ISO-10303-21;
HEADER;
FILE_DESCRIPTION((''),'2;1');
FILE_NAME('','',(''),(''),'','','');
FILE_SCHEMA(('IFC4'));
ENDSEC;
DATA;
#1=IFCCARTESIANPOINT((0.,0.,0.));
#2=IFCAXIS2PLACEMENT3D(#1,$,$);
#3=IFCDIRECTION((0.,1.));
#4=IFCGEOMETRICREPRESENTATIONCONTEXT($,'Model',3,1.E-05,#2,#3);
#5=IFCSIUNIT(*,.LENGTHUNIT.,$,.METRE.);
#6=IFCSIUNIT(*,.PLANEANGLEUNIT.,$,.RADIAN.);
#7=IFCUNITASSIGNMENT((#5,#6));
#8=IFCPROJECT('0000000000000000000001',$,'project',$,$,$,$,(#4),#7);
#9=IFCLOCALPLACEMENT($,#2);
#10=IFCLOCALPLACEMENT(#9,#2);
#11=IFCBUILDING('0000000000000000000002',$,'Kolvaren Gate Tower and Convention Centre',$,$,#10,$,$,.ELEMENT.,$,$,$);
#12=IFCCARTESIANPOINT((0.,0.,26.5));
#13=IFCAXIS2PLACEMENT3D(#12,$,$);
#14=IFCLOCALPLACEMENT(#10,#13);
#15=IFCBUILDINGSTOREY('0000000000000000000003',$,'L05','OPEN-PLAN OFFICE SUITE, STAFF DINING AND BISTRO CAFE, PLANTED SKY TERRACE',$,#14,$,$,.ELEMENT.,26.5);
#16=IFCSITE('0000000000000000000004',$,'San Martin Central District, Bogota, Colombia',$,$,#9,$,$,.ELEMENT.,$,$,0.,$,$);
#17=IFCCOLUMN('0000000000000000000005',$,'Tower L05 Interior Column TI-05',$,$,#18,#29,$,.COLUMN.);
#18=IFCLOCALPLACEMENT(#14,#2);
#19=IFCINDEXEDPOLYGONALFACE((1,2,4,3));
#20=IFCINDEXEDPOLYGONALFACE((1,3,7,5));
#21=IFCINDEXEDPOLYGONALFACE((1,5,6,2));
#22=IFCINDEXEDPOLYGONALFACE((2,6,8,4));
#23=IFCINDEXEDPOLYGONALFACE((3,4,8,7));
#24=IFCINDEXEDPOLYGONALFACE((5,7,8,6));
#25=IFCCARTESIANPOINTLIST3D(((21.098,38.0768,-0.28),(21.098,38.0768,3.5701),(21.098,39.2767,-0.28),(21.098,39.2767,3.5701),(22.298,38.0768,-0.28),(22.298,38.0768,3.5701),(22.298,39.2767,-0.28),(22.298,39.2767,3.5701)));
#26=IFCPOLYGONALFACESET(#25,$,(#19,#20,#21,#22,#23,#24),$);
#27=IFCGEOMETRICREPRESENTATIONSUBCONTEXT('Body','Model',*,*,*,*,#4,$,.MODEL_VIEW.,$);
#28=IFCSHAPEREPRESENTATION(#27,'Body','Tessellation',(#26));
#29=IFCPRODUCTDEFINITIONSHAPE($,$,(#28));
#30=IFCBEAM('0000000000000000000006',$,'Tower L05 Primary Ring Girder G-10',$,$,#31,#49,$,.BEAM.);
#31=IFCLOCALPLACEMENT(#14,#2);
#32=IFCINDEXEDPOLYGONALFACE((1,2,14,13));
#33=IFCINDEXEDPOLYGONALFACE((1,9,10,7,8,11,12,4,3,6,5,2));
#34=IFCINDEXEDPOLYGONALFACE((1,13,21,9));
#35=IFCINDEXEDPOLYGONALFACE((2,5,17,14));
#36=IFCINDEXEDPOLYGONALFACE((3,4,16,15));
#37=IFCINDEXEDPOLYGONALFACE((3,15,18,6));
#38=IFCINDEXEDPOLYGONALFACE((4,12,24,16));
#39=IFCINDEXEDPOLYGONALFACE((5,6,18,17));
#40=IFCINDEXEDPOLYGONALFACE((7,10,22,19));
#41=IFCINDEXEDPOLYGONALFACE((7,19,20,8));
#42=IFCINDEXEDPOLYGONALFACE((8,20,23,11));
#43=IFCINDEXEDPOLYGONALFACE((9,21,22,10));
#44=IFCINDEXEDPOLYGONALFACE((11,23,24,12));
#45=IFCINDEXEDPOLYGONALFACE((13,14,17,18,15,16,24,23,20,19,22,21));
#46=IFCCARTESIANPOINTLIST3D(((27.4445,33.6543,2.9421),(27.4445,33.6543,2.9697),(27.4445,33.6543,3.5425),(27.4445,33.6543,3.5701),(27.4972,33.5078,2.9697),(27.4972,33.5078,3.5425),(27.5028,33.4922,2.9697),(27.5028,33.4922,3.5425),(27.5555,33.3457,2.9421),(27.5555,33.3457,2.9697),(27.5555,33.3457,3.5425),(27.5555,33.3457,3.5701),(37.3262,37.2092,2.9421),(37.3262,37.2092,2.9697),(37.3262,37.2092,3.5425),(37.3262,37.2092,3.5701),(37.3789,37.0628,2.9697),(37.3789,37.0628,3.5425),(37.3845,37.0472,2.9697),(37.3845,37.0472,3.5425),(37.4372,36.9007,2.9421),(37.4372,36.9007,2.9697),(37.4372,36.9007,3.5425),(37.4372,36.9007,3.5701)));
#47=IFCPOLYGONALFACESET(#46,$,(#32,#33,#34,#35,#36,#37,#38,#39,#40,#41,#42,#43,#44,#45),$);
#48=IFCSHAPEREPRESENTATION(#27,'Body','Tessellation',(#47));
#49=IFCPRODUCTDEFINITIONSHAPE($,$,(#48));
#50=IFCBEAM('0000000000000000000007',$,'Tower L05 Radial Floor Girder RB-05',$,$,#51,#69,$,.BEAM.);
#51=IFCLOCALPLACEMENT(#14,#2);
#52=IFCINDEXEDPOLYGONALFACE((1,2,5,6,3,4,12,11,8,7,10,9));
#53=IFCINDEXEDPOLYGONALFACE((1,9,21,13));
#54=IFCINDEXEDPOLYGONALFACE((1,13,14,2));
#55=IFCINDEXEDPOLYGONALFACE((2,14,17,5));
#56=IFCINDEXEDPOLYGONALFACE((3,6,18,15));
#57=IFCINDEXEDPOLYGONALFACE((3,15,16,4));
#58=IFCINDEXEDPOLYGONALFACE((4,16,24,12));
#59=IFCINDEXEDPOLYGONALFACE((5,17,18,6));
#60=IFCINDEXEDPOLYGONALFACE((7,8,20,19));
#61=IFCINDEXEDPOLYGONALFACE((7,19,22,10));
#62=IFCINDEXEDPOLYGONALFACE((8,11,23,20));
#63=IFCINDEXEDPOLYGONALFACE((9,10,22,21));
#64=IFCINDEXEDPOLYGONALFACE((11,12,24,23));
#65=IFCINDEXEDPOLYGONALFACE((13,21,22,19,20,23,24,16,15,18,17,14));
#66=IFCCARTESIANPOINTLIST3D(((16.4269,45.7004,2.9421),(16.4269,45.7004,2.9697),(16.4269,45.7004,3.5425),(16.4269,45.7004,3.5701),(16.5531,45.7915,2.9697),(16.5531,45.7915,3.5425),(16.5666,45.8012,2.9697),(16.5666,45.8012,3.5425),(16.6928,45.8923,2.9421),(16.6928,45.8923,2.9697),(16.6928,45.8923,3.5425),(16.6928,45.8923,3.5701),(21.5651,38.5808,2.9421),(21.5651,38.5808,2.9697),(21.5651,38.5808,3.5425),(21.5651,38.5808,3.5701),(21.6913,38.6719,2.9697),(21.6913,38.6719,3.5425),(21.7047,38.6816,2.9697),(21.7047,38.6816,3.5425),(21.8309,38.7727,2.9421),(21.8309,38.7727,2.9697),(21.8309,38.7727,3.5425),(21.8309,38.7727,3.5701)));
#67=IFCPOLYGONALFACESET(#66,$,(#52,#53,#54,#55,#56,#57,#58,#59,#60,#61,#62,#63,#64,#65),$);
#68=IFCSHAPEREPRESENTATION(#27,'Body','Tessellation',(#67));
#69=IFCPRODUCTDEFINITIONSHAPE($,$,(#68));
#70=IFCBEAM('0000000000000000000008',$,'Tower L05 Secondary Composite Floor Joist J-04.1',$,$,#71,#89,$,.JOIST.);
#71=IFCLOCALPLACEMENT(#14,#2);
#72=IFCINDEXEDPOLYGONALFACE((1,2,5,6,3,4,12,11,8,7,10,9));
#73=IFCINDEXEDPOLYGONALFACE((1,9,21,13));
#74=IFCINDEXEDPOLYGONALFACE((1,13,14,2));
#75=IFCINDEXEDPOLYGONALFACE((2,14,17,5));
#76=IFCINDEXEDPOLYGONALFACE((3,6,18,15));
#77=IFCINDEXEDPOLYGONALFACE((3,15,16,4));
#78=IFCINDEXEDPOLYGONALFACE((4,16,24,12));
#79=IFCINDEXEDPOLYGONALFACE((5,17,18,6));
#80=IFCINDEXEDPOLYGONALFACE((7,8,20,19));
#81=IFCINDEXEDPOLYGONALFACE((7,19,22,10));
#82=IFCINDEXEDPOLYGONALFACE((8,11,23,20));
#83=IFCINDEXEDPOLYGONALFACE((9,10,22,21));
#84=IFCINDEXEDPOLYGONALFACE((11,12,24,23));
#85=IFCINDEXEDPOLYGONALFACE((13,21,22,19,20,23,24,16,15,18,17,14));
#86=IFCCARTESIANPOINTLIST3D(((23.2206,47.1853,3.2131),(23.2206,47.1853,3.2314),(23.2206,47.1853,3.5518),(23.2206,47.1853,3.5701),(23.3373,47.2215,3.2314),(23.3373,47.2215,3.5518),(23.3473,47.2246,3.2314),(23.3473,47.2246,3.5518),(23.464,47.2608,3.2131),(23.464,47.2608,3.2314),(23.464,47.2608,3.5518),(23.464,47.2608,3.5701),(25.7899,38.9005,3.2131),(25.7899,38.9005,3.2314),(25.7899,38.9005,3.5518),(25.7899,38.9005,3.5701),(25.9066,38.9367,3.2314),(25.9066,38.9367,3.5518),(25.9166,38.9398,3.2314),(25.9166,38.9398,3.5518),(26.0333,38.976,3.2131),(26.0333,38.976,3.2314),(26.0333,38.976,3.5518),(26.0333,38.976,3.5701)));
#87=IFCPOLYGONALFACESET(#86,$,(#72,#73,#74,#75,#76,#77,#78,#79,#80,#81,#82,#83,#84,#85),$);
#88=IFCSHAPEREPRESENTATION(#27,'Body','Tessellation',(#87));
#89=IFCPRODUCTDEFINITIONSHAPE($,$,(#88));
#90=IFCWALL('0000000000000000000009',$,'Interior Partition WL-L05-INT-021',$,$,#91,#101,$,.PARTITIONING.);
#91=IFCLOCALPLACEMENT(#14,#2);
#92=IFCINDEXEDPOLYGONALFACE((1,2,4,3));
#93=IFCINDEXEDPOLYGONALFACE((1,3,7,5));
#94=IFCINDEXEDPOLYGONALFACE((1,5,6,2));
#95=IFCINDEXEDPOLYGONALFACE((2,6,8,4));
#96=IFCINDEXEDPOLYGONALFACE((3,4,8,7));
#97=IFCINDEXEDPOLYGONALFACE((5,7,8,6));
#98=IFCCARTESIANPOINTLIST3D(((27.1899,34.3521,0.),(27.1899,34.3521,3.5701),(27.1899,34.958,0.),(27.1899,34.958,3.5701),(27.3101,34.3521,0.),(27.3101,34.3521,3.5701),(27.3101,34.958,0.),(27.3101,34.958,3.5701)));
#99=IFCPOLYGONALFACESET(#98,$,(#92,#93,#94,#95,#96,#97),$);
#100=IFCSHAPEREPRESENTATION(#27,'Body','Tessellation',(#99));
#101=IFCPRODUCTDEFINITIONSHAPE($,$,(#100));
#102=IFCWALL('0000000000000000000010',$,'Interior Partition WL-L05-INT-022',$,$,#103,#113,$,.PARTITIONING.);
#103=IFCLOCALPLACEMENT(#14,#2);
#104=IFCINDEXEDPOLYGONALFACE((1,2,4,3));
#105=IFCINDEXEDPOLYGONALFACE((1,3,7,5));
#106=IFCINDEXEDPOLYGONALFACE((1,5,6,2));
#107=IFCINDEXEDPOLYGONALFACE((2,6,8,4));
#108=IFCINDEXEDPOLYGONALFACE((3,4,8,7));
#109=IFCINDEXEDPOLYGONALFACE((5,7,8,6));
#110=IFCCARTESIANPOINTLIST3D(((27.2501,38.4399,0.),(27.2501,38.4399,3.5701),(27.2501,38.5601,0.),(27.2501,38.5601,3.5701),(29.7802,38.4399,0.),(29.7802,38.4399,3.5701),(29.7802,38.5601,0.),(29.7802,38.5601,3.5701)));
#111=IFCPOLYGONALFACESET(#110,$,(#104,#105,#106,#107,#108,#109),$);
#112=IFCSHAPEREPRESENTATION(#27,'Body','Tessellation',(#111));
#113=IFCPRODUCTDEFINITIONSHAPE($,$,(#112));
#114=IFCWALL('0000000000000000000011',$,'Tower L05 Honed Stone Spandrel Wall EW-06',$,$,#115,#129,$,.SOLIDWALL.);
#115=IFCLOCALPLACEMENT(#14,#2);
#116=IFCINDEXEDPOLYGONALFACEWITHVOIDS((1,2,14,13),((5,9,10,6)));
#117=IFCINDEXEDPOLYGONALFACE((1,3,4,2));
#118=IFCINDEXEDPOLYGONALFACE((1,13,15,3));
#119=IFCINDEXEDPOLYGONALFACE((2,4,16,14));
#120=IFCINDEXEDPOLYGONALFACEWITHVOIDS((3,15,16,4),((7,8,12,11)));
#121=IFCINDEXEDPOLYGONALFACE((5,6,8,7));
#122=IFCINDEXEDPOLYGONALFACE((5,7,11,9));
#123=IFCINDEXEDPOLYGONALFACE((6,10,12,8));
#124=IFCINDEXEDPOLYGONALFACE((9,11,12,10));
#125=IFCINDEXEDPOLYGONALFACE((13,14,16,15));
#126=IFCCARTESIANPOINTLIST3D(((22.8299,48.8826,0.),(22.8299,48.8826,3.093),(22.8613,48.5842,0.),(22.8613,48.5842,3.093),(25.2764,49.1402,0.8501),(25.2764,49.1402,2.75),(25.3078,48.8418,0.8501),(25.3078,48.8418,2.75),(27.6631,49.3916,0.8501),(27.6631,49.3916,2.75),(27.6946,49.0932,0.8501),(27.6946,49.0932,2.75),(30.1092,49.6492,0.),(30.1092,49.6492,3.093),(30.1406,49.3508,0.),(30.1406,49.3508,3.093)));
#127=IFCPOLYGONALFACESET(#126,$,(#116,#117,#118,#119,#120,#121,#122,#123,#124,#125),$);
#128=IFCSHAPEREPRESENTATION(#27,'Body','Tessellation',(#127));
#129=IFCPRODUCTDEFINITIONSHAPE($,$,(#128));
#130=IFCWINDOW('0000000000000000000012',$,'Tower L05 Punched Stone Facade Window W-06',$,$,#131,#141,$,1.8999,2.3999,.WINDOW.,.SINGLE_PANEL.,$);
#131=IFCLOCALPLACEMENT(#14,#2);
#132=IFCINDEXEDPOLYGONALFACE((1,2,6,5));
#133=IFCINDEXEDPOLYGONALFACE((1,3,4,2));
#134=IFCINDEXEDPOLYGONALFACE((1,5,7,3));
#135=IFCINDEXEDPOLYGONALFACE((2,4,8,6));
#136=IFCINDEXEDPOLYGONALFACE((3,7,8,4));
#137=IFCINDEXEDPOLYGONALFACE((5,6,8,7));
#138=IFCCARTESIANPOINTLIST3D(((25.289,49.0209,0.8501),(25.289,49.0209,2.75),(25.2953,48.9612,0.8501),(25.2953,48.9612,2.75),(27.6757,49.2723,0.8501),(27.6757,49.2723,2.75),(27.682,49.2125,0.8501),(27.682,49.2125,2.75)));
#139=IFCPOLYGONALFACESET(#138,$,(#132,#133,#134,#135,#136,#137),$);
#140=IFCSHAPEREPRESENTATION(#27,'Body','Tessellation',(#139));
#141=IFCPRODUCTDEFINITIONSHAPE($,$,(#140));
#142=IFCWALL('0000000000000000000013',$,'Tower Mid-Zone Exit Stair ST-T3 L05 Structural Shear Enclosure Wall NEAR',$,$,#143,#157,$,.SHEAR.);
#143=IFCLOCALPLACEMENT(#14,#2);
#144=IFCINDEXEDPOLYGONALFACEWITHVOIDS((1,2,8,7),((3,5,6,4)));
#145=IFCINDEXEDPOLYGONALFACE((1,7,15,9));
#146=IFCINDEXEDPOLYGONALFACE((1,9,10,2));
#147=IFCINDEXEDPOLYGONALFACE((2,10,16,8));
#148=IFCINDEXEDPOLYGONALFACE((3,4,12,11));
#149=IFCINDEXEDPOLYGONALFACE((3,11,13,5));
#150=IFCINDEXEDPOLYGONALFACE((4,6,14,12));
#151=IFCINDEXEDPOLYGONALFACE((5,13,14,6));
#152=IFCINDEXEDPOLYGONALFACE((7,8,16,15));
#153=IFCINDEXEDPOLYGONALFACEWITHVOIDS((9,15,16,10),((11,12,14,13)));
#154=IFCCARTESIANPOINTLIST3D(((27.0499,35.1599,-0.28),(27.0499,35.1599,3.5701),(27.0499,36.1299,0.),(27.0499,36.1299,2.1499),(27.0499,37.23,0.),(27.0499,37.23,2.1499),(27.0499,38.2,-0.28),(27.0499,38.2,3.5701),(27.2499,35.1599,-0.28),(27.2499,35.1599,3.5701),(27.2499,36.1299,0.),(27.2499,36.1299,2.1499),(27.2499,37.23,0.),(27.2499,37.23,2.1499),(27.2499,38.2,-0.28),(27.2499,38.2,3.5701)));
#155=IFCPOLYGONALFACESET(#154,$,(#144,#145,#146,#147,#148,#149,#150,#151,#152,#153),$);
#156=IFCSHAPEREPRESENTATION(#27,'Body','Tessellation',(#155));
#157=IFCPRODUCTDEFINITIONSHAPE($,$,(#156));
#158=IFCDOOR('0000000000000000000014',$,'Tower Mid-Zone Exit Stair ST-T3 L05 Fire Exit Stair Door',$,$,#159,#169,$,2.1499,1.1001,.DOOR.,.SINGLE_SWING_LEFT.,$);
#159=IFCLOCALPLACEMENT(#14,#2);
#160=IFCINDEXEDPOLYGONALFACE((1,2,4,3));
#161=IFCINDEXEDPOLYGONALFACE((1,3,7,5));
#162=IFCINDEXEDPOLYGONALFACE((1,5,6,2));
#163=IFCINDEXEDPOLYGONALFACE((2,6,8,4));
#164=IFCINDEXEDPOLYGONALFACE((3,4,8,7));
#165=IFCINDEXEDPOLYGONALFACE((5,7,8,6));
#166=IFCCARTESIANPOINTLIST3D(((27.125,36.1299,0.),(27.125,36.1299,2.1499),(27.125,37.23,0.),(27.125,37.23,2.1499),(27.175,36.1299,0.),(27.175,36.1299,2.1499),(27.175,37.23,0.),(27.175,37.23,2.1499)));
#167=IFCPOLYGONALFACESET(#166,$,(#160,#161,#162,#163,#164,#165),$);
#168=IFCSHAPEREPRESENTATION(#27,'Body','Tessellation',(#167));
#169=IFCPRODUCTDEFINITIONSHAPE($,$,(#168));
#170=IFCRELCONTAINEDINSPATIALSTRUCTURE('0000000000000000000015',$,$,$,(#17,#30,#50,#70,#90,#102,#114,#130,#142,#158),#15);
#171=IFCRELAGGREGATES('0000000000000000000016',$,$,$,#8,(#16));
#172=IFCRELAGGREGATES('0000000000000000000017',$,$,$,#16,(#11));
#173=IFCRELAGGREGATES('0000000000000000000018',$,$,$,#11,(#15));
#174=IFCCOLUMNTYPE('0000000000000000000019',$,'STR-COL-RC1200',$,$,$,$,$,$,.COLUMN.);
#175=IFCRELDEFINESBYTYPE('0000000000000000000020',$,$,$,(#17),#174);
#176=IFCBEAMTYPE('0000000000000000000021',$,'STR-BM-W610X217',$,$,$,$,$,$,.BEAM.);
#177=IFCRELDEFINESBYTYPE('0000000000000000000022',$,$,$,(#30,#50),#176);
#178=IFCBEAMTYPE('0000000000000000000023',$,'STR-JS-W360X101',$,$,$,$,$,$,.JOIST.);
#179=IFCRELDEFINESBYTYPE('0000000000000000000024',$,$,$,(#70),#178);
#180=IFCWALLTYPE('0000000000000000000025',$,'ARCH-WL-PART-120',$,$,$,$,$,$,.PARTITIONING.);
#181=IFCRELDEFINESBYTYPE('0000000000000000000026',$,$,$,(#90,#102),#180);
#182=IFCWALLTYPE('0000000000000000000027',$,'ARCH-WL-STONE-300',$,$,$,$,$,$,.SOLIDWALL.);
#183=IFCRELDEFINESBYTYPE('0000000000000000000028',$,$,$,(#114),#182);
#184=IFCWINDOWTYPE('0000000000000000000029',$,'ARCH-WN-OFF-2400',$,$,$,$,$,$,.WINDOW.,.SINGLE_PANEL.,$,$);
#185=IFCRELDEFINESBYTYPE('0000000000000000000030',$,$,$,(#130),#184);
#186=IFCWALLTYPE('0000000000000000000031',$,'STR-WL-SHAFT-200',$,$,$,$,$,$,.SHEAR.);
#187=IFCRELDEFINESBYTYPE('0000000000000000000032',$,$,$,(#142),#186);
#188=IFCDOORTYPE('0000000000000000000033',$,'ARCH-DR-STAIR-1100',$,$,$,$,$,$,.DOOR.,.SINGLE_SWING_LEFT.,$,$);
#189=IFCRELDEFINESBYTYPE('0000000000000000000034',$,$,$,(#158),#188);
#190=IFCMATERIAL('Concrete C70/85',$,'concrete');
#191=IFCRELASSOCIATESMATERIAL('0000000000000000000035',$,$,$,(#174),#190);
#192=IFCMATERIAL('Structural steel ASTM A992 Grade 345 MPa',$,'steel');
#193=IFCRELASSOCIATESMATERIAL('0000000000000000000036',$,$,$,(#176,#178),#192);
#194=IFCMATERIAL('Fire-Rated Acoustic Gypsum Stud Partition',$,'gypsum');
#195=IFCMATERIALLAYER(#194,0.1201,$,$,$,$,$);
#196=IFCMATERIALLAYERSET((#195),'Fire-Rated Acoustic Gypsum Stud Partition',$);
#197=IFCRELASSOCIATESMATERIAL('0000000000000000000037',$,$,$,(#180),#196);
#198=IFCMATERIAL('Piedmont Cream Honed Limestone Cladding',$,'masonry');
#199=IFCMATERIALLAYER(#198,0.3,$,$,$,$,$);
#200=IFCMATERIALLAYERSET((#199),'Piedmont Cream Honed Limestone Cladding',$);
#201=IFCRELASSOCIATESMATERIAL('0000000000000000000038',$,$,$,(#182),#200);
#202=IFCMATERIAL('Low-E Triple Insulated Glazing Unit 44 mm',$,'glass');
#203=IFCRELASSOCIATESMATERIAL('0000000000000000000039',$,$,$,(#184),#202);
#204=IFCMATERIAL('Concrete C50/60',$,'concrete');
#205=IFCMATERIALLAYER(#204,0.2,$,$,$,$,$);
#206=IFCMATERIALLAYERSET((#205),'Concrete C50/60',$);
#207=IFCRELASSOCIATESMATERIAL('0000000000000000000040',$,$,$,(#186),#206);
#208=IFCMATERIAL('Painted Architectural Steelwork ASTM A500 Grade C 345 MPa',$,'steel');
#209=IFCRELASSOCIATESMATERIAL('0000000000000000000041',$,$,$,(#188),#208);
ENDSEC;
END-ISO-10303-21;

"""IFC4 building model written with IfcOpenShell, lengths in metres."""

from ifc_helpers import new_model, si_unit, direction, frame, frame_2d, origin, origin_2d, place, context, subcontext, project, spatial, rectangle, i_section, extrude, material, layer, layer_set, material_profile, profile_set, type_object, element, fill, save


model = new_model("IFC4")

# Units and contexts
model_context = context("Model", 3, precision=1e-05, world=origin(), true_north=direction((0.0, 1.0)))
body_context = subcontext(model_context, "Body", "Model", "MODEL_VIEW")
ifc_project = project(units=[si_unit("LENGTHUNIT", "METRE"), si_unit("PLANEANGLEUNIT", "RADIAN")], contexts=[model_context])

# Site, building, storey
site_placement = place(None, origin())
site = spatial("IfcSite", under=ifc_project, at=site_placement, Name="San Martin Central District, Bogota, Colombia", CompositionType="ELEMENT", RefElevation=0.0)
building_placement = place(site_placement, origin())
building = spatial("IfcBuilding", under=site, at=building_placement, Name="Kolvaren Gate Tower and Convention Centre", CompositionType="ELEMENT")
storey_placement = place(building_placement, frame((0.0, 0.0, 26.5)))
storey = spatial("IfcBuildingStorey", under=building, at=storey_placement, Name="L05", Description="OPEN-PLAN OFFICE SUITE, STAFF DINING AND BISTRO CAFE, PLANTED SKY TERRACE", CompositionType="ELEMENT", Elevation=26.5)

# Column
ifc_material_1 = material(Name="Concrete C70/85", Category="concrete")
ifc_material_profile_1 = material_profile(ifc_material_1, rectangle(XDim=1.2, YDim=1.2, at=origin_2d()), Name="RC-COL-1200X1200")
ifc_profile_set_1 = profile_set([ifc_material_profile_1], Name="Concrete C70/85")
column_type = type_object("IfcColumnType", Name="STR-COL-RC1200", PredefinedType="COLUMN", material=ifc_profile_set_1)
column_placement = place(storey_placement, frame((21.698, 38.6768, -0.28), z_axis=(0.0, 0.0, 1.0), x_axis=(1.0, 0.0, 0.0)))
element("IfcColumn", 1, at=column_placement, inside=storey, type_object=column_type, Name="Tower L05 Interior Column TI-05", PredefinedType="COLUMN", context=body_context, shape_type="SweptSolid", body=[
    extrude(rectangle(XDim=1.2, YDim=1.2, at=origin_2d()), origin(), (0.0, 0.0, 1.0), 3.8501),
])

# Beams
ifc_material_2 = material(Name="Structural steel ASTM A992 Grade 345 MPa", Category="steel")
ifc_material_profile_2 = material_profile(ifc_material_2, i_section(OverallWidth=0.3279, OverallDepth=0.6279, WebThickness=0.0166, FlangeThickness=0.0276, at=origin_2d()), Name="W610X217")
ifc_profile_set_2 = profile_set([ifc_material_profile_2], Name="Structural steel ASTM A992 Grade 345 MPa")
beam_type_1 = type_object("IfcBeamType", Name="STR-BM-W610X217", PredefinedType="BEAM", material=ifc_profile_set_2)
beam_1_placement = place(storey_placement, frame((27.5, 33.5, 3.2561), z_axis=(0.940961, 0.338514, 0.0), x_axis=(-0.338514, 0.940961, 0.0)))
element("IfcBeam", 2, at=beam_1_placement, inside=storey, type_object=beam_type_1, Name="Tower L05 Primary Ring Girder G-10", PredefinedType="BEAM", context=body_context, shape_type="SweptSolid", body=[
    extrude(i_section(OverallWidth=0.3279, OverallDepth=0.6279, WebThickness=0.0166, FlangeThickness=0.0276, at=origin_2d()), origin(), (0.0, 0.0, 1.0), 10.5017),
])
beam_2_placement = place(storey_placement, frame((21.698, 38.6768, 3.2561), z_axis=(-0.585208, 0.810883, 0.0), x_axis=(-0.810883, -0.585208, 0.0)))
element("IfcBeam", 3, at=beam_2_placement, inside=storey, type_object=beam_type_1, Name="Tower L05 Radial Floor Girder RB-05", PredefinedType="BEAM", context=body_context, shape_type="SweptSolid", body=[
    extrude(i_section(OverallWidth=0.3279, OverallDepth=0.6279, WebThickness=0.0166, FlangeThickness=0.0276, at=origin_2d()), origin(), (0.0, 0.0, 1.0), 8.78),
])
ifc_material_profile_3 = material_profile(ifc_material_2, i_section(OverallWidth=0.2549, OverallDepth=0.3569, WebThickness=0.0105, FlangeThickness=0.0183, at=origin_2d()), Name="W360X101")
ifc_profile_set_3 = profile_set([ifc_material_profile_3], Name="Structural steel ASTM A992 Grade 345 MPa")
beam_type_2 = type_object("IfcBeamType", Name="STR-JS-W360X101", PredefinedType="JOIST", material=ifc_profile_set_3)
beam_3_placement = place(storey_placement, frame((25.9116, 38.9382, 3.3916), z_axis=(-0.296205, 0.955124, 0.0), x_axis=(-0.955124, -0.296205, 0.0)))
element("IfcBeam", 4, at=beam_3_placement, inside=storey, type_object=beam_type_2, Name="Tower L05 Secondary Composite Floor Joist J-04.1", PredefinedType="JOIST", context=body_context, shape_type="SweptSolid", body=[
    extrude(i_section(OverallWidth=0.2549, OverallDepth=0.3569, WebThickness=0.0105, FlangeThickness=0.0183, at=origin_2d()), origin(), (0.0, 0.0, 1.0), 8.6741),
])

# Walls
ifc_material_3 = material(Name="Fire-Rated Acoustic Gypsum Stud Partition", Category="gypsum")
ifc_layer_1 = layer(ifc_material_3, 0.1201)
ifc_layer_set_1 = layer_set([ifc_layer_1], Name="Fire-Rated Acoustic Gypsum Stud Partition")
wall_type_1 = type_object("IfcWallType", Name="ARCH-WL-PART-120", PredefinedType="PARTITIONING", material=ifc_layer_set_1)
wall_1_placement = place(storey_placement, frame((27.25, 34.3521, 0.0), z_axis=(0.0, 0.0, 1.0), x_axis=(0.0, 1.0, 0.0)))
element("IfcWall", 5, at=wall_1_placement, inside=storey, type_object=wall_type_1, Name="Interior Partition WL-L05-INT-021", PredefinedType="PARTITIONING", context=body_context, shape_type="SweptSolid", body=[
    extrude(rectangle(XDim=0.606, YDim=0.1201, at=frame_2d((0.303, 0.0))), origin(), (0.0, 0.0, 1.0), 3.5701),
])
wall_2_placement = place(storey_placement, frame((27.25, 38.5, 0.0), z_axis=(0.0, 0.0, 1.0), x_axis=(1.0, 0.0, 0.0)))
element("IfcWall", 6, at=wall_2_placement, inside=storey, type_object=wall_type_1, Name="Interior Partition WL-L05-INT-022", PredefinedType="PARTITIONING", context=body_context, shape_type="SweptSolid", body=[
    extrude(rectangle(XDim=2.53, YDim=0.1201, at=frame_2d((1.2651, 0.0))), origin(), (0.0, 0.0, 1.0), 3.5701),
])

# Wall, opening, window
ifc_material_4 = material(Name="Piedmont Cream Honed Limestone Cladding", Category="masonry")
ifc_layer_2 = layer(ifc_material_4, 0.3)
ifc_layer_set_2 = layer_set([ifc_layer_2], Name="Piedmont Cream Honed Limestone Cladding")
wall_type_2 = type_object("IfcWallType", Name="ARCH-WL-STONE-300", PredefinedType="SOLIDWALL", material=ifc_layer_set_2)
wall_3_placement = place(storey_placement, frame((22.8457, 48.7334, 0.0), z_axis=(0.0, 0.0, 1.0), x_axis=(0.9945, 0.104733, 0.0)))
wall_3 = element("IfcWall", 7, at=wall_3_placement, inside=storey, type_object=wall_type_2, Name="Tower L05 Honed Stone Spandrel Wall EW-06", PredefinedType="SOLIDWALL", context=body_context, shape_type="SweptSolid", body=[
    extrude(rectangle(XDim=7.3196, YDim=0.3, at=frame_2d((3.6597, 0.0))), origin(), (0.0, 0.0, 1.0), 3.093),
])
opening_1_placement = place(wall_3_placement, frame((2.46, 0.0, 0.8501)))
opening_1 = element("IfcOpeningElement", 8, at=opening_1_placement, cuts=wall_3, PredefinedType="OPENING", context=body_context, shape_type="SweptSolid", body=[
    extrude(rectangle(XDim=2.3999, YDim=1.8999, at=frame_2d((1.2, 0.95))), frame((0.0, 0.1599, 0.0), z_axis=(0.0, -1.0, 0.0), x_axis=(1.0, 0.0, 0.0)), (0.0, 0.0, 1.0), 0.3201),
])
ifc_material_5 = material(Name="Low-E Triple Insulated Glazing Unit 44 mm", Category="glass")
window_type = type_object("IfcWindowType", Name="ARCH-WN-OFF-2400", PartitioningType="SINGLE_PANEL", PredefinedType="WINDOW", material=ifc_material_5)
window_placement = place(opening_1_placement, origin())
window = element("IfcWindow", 9, at=window_placement, inside=storey, type_object=window_type, Name="Tower L05 Punched Stone Facade Window W-06", OverallHeight=1.8999, OverallWidth=2.3999, PartitioningType="SINGLE_PANEL", PredefinedType="WINDOW", context=body_context, shape_type="SweptSolid", body=[
    extrude(rectangle(XDim=2.3999, YDim=1.8999, at=frame_2d((1.2, 0.95))), frame((0.0, 0.03, 0.0), z_axis=(0.0, -1.0, 0.0), x_axis=(1.0, 0.0, 0.0)), (0.0, 0.0, 1.0), 0.0601),
])
fill(opening_1, window)

# Wall, opening, door
ifc_material_6 = material(Name="Concrete C50/60", Category="concrete")
ifc_layer_3 = layer(ifc_material_6, 0.2)
ifc_layer_set_3 = layer_set([ifc_layer_3], Name="Concrete C50/60")
wall_type_3 = type_object("IfcWallType", Name="STR-WL-SHAFT-200", PredefinedType="SHEAR", material=ifc_layer_set_3)
wall_4_placement = place(storey_placement, frame((27.1499, 35.1599, -0.28), z_axis=(0.0, 0.0, 1.0), x_axis=(0.0, 1.0, 0.0)))
wall_4 = element("IfcWall", 10, at=wall_4_placement, inside=storey, type_object=wall_type_3, Name="Tower Mid-Zone Exit Stair ST-T3 L05 Structural Shear Enclosure Wall NEAR", PredefinedType="SHEAR", context=body_context, shape_type="SweptSolid", body=[
    extrude(rectangle(XDim=3.04, YDim=0.2, at=frame_2d((1.52, 0.0))), origin(), (0.0, 0.0, 1.0), 3.8501),
])
opening_2_placement = place(wall_4_placement, frame((0.97, 0.0, 0.28)))
opening_2 = element("IfcOpeningElement", 11, at=opening_2_placement, cuts=wall_4, PredefinedType="OPENING", context=body_context, shape_type="SweptSolid", body=[
    extrude(rectangle(XDim=1.1001, YDim=2.1499, at=frame_2d((0.55, 1.075))), frame((0.0, 0.1099, 0.0), z_axis=(0.0, -1.0, 0.0), x_axis=(1.0, 0.0, 0.0)), (0.0, 0.0, 1.0), 0.22),
])
ifc_material_7 = material(Name="Painted Architectural Steelwork ASTM A500 Grade C 345 MPa", Category="steel")
door_type = type_object("IfcDoorType", Name="ARCH-DR-STAIR-1100", OperationType="SINGLE_SWING_LEFT", PredefinedType="DOOR", material=ifc_material_7)
door_placement = place(opening_2_placement, origin())
door = element("IfcDoor", 12, at=door_placement, inside=storey, type_object=door_type, Name="Tower Mid-Zone Exit Stair ST-T3 L05 Fire Exit Stair Door", OperationType="SINGLE_SWING_LEFT", OverallHeight=2.1499, OverallWidth=1.1001, PredefinedType="DOOR", context=body_context, shape_type="SweptSolid", body=[
    extrude(rectangle(XDim=1.1001, YDim=2.1499, at=frame_2d((0.55, 1.075))), frame((0.0, 0.0249, 0.0), z_axis=(0.0, -1.0, 0.0), x_axis=(1.0, 0.0, 0.0)), (0.0, 0.0, 1.0), 0.05),
])
fill(opening_2, door)

save(model, "model.ifc")
